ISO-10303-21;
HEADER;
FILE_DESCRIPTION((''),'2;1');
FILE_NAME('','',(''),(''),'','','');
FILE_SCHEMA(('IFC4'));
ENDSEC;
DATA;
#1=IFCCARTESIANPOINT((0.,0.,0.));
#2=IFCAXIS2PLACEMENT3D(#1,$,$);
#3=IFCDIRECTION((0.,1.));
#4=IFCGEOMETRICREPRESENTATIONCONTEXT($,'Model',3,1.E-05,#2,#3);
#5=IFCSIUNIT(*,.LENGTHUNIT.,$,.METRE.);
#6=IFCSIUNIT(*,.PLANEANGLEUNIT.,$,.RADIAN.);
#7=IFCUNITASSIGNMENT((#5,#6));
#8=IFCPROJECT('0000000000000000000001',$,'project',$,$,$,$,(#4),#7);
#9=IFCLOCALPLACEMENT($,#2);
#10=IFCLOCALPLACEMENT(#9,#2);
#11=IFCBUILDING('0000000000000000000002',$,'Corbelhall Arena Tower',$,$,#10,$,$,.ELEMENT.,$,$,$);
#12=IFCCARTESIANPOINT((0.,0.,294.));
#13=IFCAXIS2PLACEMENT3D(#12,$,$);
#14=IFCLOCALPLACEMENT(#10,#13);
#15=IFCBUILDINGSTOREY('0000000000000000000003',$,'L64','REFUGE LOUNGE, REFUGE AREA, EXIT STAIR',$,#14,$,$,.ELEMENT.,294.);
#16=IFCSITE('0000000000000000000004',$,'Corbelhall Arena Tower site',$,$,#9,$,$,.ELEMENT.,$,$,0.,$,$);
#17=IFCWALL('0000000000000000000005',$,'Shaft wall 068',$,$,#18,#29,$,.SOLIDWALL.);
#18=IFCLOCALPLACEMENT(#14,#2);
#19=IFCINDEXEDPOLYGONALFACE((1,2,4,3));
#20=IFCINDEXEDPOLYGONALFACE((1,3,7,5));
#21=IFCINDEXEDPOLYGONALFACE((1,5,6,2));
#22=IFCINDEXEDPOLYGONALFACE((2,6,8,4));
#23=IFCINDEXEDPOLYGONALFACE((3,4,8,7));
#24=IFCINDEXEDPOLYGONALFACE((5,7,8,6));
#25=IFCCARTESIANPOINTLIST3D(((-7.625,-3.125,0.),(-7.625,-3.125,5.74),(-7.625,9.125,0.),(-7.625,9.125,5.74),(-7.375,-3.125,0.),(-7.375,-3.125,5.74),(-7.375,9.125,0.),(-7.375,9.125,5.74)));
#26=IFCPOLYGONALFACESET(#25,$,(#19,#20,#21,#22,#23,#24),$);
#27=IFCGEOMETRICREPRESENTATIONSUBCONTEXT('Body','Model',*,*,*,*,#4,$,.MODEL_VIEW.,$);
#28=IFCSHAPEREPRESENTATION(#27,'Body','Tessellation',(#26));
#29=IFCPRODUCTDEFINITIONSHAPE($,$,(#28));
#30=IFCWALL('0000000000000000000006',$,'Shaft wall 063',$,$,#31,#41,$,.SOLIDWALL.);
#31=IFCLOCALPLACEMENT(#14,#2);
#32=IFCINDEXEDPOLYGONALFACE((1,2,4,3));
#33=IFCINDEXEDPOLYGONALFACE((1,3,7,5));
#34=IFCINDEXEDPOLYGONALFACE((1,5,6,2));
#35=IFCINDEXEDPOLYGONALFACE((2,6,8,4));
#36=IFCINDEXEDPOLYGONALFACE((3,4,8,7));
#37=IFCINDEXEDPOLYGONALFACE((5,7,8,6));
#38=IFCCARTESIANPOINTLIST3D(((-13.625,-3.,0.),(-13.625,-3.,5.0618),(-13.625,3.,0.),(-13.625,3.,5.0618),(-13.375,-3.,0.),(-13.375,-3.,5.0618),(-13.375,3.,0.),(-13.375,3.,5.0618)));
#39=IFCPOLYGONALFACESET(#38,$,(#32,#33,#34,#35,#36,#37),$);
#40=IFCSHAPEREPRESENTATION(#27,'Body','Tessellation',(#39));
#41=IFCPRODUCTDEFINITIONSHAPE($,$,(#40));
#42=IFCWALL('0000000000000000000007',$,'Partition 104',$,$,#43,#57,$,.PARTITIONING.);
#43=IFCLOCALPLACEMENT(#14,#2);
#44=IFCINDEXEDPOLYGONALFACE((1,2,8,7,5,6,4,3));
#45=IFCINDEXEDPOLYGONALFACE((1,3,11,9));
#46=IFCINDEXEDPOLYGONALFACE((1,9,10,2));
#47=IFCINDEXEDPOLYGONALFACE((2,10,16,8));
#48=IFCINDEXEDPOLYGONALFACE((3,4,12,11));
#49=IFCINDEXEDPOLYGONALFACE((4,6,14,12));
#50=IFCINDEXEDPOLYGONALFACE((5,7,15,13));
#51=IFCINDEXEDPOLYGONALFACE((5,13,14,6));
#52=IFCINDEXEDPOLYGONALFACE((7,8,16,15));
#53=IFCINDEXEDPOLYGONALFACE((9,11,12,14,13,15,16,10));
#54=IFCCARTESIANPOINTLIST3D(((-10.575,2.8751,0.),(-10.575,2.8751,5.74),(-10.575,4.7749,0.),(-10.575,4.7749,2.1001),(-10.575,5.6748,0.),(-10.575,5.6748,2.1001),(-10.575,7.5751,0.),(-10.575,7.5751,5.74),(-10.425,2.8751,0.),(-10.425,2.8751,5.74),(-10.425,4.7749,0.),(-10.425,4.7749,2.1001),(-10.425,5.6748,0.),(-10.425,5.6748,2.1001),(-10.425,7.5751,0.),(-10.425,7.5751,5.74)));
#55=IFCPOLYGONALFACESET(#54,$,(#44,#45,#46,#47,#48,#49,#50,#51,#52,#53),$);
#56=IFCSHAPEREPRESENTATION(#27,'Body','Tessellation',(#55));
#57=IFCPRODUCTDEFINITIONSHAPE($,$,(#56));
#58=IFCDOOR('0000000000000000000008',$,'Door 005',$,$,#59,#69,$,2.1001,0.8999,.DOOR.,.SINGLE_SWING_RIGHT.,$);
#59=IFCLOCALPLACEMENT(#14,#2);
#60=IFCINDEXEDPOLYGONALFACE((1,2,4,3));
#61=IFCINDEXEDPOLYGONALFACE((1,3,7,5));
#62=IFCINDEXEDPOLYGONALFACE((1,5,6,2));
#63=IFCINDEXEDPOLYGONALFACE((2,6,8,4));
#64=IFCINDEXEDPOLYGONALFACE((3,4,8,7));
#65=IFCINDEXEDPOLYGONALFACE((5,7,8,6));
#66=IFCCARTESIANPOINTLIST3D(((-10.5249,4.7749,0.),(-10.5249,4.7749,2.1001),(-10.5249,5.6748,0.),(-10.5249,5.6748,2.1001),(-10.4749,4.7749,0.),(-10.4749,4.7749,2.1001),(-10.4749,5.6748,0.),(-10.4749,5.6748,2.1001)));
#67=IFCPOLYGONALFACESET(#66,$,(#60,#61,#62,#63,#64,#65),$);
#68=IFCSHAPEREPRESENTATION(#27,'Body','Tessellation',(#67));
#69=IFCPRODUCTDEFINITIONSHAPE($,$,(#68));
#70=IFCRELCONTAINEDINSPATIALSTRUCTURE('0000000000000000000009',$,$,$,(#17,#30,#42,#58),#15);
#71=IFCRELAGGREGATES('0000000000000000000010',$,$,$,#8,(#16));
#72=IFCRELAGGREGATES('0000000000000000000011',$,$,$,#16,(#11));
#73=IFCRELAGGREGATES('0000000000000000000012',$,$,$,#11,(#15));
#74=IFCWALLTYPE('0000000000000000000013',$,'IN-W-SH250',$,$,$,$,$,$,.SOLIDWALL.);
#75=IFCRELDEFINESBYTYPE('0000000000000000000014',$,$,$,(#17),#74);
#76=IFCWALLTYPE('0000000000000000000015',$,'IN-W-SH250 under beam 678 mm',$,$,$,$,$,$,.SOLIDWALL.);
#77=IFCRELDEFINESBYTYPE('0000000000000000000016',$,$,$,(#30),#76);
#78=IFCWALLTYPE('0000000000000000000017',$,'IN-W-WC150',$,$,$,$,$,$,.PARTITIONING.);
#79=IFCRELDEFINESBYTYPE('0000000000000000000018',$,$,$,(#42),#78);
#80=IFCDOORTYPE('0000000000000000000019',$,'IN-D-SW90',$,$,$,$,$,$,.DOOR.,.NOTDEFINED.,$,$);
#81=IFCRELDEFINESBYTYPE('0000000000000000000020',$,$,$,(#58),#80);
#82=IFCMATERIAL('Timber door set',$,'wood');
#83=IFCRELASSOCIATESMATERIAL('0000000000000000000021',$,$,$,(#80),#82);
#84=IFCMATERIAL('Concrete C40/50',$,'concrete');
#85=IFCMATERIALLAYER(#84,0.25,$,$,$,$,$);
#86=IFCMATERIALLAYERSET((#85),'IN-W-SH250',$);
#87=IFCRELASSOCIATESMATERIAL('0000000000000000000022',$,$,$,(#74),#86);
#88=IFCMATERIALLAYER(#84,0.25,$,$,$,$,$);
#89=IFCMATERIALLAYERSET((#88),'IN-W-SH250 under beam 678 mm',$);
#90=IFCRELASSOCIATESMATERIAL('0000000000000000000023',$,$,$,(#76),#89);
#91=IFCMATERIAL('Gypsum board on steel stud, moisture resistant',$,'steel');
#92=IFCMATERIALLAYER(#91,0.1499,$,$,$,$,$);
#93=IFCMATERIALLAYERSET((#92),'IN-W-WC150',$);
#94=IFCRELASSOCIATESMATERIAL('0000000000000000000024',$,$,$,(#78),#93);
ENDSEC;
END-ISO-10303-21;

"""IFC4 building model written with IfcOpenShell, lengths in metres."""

from ifc_helpers import new_model, si_unit, direction, frame, frame_2d, origin, place, context, subcontext, project, spatial, rectangle, extrude, material, layer, layer_set, type_object, element, fill, save


model = new_model("IFC4")

# Units and contexts
model_context = context("Model", 3, precision=1e-05, world=origin(), true_north=direction((0.0, 1.0)))
body_context = subcontext(model_context, "Body", "Model", "MODEL_VIEW")
ifc_project = project(units=[si_unit("LENGTHUNIT", "METRE"), si_unit("PLANEANGLEUNIT", "RADIAN")], contexts=[model_context])

# Site, building, storey
site_placement = place(None, origin())
site = spatial("IfcSite", under=ifc_project, at=site_placement, Name="Corbelhall Arena Tower site", CompositionType="ELEMENT", RefElevation=0.0)
building_placement = place(site_placement, origin())
building = spatial("IfcBuilding", under=site, at=building_placement, Name="Corbelhall Arena Tower", CompositionType="ELEMENT")
storey_placement = place(building_placement, frame((0.0, 0.0, 294.0)))
storey = spatial("IfcBuildingStorey", under=building, at=storey_placement, Name="L64", Description="REFUGE LOUNGE, REFUGE AREA, EXIT STAIR", CompositionType="ELEMENT", Elevation=294.0)

# Shared definitions
ifc_material_1 = material(Name="Timber door set", Category="wood")
door_type_1 = type_object("IfcDoorType", Name="IN-D-SW90", OperationType="NOTDEFINED", PredefinedType="DOOR", material=ifc_material_1)

# Shared definitions
ifc_material_2 = material(Name="Concrete C40/50", Category="concrete")
ifc_layer_1 = layer(ifc_material_2, 0.25)
ifc_layer_set_1 = layer_set([ifc_layer_1], Name="IN-W-SH250")
wall_type_1 = type_object("IfcWallType", Name="IN-W-SH250", PredefinedType="SOLIDWALL", material=ifc_layer_set_1)

# Walls
wall_1_placement = place(storey_placement, frame((-7.5, -3.125, 0.0), z_axis=(0.0, 0.0, 1.0), x_axis=(0.0, 1.0, 0.0)))
element("IfcWall", 1, at=wall_1_placement, inside=storey, type_object=wall_type_1, Name="Shaft wall 068", PredefinedType="SOLIDWALL", context=body_context, shape_type="SweptSolid", body=[
    extrude(rectangle(XDim=12.25, YDim=0.25, at=frame_2d((6.125, 0.0))), origin(), (0.0, 0.0, 1.0), 5.74),
])
ifc_layer_2 = layer(ifc_material_2, 0.25)
ifc_layer_set_2 = layer_set([ifc_layer_2], Name="IN-W-SH250 under beam 678 mm")
wall_type_2 = type_object("IfcWallType", Name="IN-W-SH250 under beam 678 mm", PredefinedType="SOLIDWALL", material=ifc_layer_set_2)
wall_2_placement = place(storey_placement, frame((-13.5, -3.0, 0.0), z_axis=(0.0, 0.0, 1.0), x_axis=(0.0, 1.0, 0.0)))
element("IfcWall", 2, at=wall_2_placement, inside=storey, type_object=wall_type_2, Name="Shaft wall 063", PredefinedType="SOLIDWALL", context=body_context, shape_type="SweptSolid", body=[
    extrude(rectangle(XDim=6.0, YDim=0.25, at=frame_2d((3.0, 0.0))), origin(), (0.0, 0.0, 1.0), 5.0618),
])

# Wall, opening, door
ifc_material_3 = material(Name="Gypsum board on steel stud, moisture resistant", Category="steel")
ifc_layer_3 = layer(ifc_material_3, 0.1499)
ifc_layer_set_3 = layer_set([ifc_layer_3], Name="IN-W-WC150")
wall_type_3 = type_object("IfcWallType", Name="IN-W-WC150", PredefinedType="PARTITIONING", material=ifc_layer_set_3)
wall_3_placement = place(storey_placement, frame((-10.5, 2.875, 0.0), z_axis=(0.0, 0.0, 1.0), x_axis=(0.0, 1.0, 0.0)))
wall_3 = element("IfcWall", 3, at=wall_3_placement, inside=storey, type_object=wall_type_3, Name="Partition 104", PredefinedType="PARTITIONING", context=body_context, shape_type="SweptSolid", body=[
    extrude(rectangle(XDim=4.7, YDim=0.1499, at=frame_2d((2.3501, 0.0))), origin(), (0.0, 0.0, 1.0), 5.74),
])
opening_1_placement = place(wall_3_placement, frame((1.8999, 0.0, 0.0)))
opening_1 = element("IfcOpeningElement", 4, at=opening_1_placement, cuts=wall_3, PredefinedType="OPENING", context=body_context, shape_type="SweptSolid", body=[
    extrude(rectangle(XDim=0.8999, YDim=2.1001, at=frame_2d((0.45, 1.05))), frame((0.0, 0.075, 0.0), z_axis=(0.0, -1.0, 0.0), x_axis=(1.0, 0.0, 0.0)), (0.0, 0.0, 1.0), 0.1499),
])
door_1_placement = place(opening_1_placement, origin())
door_1 = element("IfcDoor", 5, at=door_1_placement, inside=storey, type_object=door_type_1, Name="Door 005", OperationType="SINGLE_SWING_RIGHT", OverallHeight=2.1001, OverallWidth=0.8999, PredefinedType="DOOR", context=body_context, shape_type="SweptSolid", body=[
    extrude(rectangle(XDim=0.8999, YDim=2.1001, at=frame_2d((0.45, 1.05))), frame((0.0, 0.0249, 0.0), z_axis=(0.0, -1.0, 0.0), x_axis=(1.0, 0.0, 0.0)), (0.0, 0.0, 1.0), 0.05),
])
fill(opening_1, door_1)

save(model, "model.ifc")
